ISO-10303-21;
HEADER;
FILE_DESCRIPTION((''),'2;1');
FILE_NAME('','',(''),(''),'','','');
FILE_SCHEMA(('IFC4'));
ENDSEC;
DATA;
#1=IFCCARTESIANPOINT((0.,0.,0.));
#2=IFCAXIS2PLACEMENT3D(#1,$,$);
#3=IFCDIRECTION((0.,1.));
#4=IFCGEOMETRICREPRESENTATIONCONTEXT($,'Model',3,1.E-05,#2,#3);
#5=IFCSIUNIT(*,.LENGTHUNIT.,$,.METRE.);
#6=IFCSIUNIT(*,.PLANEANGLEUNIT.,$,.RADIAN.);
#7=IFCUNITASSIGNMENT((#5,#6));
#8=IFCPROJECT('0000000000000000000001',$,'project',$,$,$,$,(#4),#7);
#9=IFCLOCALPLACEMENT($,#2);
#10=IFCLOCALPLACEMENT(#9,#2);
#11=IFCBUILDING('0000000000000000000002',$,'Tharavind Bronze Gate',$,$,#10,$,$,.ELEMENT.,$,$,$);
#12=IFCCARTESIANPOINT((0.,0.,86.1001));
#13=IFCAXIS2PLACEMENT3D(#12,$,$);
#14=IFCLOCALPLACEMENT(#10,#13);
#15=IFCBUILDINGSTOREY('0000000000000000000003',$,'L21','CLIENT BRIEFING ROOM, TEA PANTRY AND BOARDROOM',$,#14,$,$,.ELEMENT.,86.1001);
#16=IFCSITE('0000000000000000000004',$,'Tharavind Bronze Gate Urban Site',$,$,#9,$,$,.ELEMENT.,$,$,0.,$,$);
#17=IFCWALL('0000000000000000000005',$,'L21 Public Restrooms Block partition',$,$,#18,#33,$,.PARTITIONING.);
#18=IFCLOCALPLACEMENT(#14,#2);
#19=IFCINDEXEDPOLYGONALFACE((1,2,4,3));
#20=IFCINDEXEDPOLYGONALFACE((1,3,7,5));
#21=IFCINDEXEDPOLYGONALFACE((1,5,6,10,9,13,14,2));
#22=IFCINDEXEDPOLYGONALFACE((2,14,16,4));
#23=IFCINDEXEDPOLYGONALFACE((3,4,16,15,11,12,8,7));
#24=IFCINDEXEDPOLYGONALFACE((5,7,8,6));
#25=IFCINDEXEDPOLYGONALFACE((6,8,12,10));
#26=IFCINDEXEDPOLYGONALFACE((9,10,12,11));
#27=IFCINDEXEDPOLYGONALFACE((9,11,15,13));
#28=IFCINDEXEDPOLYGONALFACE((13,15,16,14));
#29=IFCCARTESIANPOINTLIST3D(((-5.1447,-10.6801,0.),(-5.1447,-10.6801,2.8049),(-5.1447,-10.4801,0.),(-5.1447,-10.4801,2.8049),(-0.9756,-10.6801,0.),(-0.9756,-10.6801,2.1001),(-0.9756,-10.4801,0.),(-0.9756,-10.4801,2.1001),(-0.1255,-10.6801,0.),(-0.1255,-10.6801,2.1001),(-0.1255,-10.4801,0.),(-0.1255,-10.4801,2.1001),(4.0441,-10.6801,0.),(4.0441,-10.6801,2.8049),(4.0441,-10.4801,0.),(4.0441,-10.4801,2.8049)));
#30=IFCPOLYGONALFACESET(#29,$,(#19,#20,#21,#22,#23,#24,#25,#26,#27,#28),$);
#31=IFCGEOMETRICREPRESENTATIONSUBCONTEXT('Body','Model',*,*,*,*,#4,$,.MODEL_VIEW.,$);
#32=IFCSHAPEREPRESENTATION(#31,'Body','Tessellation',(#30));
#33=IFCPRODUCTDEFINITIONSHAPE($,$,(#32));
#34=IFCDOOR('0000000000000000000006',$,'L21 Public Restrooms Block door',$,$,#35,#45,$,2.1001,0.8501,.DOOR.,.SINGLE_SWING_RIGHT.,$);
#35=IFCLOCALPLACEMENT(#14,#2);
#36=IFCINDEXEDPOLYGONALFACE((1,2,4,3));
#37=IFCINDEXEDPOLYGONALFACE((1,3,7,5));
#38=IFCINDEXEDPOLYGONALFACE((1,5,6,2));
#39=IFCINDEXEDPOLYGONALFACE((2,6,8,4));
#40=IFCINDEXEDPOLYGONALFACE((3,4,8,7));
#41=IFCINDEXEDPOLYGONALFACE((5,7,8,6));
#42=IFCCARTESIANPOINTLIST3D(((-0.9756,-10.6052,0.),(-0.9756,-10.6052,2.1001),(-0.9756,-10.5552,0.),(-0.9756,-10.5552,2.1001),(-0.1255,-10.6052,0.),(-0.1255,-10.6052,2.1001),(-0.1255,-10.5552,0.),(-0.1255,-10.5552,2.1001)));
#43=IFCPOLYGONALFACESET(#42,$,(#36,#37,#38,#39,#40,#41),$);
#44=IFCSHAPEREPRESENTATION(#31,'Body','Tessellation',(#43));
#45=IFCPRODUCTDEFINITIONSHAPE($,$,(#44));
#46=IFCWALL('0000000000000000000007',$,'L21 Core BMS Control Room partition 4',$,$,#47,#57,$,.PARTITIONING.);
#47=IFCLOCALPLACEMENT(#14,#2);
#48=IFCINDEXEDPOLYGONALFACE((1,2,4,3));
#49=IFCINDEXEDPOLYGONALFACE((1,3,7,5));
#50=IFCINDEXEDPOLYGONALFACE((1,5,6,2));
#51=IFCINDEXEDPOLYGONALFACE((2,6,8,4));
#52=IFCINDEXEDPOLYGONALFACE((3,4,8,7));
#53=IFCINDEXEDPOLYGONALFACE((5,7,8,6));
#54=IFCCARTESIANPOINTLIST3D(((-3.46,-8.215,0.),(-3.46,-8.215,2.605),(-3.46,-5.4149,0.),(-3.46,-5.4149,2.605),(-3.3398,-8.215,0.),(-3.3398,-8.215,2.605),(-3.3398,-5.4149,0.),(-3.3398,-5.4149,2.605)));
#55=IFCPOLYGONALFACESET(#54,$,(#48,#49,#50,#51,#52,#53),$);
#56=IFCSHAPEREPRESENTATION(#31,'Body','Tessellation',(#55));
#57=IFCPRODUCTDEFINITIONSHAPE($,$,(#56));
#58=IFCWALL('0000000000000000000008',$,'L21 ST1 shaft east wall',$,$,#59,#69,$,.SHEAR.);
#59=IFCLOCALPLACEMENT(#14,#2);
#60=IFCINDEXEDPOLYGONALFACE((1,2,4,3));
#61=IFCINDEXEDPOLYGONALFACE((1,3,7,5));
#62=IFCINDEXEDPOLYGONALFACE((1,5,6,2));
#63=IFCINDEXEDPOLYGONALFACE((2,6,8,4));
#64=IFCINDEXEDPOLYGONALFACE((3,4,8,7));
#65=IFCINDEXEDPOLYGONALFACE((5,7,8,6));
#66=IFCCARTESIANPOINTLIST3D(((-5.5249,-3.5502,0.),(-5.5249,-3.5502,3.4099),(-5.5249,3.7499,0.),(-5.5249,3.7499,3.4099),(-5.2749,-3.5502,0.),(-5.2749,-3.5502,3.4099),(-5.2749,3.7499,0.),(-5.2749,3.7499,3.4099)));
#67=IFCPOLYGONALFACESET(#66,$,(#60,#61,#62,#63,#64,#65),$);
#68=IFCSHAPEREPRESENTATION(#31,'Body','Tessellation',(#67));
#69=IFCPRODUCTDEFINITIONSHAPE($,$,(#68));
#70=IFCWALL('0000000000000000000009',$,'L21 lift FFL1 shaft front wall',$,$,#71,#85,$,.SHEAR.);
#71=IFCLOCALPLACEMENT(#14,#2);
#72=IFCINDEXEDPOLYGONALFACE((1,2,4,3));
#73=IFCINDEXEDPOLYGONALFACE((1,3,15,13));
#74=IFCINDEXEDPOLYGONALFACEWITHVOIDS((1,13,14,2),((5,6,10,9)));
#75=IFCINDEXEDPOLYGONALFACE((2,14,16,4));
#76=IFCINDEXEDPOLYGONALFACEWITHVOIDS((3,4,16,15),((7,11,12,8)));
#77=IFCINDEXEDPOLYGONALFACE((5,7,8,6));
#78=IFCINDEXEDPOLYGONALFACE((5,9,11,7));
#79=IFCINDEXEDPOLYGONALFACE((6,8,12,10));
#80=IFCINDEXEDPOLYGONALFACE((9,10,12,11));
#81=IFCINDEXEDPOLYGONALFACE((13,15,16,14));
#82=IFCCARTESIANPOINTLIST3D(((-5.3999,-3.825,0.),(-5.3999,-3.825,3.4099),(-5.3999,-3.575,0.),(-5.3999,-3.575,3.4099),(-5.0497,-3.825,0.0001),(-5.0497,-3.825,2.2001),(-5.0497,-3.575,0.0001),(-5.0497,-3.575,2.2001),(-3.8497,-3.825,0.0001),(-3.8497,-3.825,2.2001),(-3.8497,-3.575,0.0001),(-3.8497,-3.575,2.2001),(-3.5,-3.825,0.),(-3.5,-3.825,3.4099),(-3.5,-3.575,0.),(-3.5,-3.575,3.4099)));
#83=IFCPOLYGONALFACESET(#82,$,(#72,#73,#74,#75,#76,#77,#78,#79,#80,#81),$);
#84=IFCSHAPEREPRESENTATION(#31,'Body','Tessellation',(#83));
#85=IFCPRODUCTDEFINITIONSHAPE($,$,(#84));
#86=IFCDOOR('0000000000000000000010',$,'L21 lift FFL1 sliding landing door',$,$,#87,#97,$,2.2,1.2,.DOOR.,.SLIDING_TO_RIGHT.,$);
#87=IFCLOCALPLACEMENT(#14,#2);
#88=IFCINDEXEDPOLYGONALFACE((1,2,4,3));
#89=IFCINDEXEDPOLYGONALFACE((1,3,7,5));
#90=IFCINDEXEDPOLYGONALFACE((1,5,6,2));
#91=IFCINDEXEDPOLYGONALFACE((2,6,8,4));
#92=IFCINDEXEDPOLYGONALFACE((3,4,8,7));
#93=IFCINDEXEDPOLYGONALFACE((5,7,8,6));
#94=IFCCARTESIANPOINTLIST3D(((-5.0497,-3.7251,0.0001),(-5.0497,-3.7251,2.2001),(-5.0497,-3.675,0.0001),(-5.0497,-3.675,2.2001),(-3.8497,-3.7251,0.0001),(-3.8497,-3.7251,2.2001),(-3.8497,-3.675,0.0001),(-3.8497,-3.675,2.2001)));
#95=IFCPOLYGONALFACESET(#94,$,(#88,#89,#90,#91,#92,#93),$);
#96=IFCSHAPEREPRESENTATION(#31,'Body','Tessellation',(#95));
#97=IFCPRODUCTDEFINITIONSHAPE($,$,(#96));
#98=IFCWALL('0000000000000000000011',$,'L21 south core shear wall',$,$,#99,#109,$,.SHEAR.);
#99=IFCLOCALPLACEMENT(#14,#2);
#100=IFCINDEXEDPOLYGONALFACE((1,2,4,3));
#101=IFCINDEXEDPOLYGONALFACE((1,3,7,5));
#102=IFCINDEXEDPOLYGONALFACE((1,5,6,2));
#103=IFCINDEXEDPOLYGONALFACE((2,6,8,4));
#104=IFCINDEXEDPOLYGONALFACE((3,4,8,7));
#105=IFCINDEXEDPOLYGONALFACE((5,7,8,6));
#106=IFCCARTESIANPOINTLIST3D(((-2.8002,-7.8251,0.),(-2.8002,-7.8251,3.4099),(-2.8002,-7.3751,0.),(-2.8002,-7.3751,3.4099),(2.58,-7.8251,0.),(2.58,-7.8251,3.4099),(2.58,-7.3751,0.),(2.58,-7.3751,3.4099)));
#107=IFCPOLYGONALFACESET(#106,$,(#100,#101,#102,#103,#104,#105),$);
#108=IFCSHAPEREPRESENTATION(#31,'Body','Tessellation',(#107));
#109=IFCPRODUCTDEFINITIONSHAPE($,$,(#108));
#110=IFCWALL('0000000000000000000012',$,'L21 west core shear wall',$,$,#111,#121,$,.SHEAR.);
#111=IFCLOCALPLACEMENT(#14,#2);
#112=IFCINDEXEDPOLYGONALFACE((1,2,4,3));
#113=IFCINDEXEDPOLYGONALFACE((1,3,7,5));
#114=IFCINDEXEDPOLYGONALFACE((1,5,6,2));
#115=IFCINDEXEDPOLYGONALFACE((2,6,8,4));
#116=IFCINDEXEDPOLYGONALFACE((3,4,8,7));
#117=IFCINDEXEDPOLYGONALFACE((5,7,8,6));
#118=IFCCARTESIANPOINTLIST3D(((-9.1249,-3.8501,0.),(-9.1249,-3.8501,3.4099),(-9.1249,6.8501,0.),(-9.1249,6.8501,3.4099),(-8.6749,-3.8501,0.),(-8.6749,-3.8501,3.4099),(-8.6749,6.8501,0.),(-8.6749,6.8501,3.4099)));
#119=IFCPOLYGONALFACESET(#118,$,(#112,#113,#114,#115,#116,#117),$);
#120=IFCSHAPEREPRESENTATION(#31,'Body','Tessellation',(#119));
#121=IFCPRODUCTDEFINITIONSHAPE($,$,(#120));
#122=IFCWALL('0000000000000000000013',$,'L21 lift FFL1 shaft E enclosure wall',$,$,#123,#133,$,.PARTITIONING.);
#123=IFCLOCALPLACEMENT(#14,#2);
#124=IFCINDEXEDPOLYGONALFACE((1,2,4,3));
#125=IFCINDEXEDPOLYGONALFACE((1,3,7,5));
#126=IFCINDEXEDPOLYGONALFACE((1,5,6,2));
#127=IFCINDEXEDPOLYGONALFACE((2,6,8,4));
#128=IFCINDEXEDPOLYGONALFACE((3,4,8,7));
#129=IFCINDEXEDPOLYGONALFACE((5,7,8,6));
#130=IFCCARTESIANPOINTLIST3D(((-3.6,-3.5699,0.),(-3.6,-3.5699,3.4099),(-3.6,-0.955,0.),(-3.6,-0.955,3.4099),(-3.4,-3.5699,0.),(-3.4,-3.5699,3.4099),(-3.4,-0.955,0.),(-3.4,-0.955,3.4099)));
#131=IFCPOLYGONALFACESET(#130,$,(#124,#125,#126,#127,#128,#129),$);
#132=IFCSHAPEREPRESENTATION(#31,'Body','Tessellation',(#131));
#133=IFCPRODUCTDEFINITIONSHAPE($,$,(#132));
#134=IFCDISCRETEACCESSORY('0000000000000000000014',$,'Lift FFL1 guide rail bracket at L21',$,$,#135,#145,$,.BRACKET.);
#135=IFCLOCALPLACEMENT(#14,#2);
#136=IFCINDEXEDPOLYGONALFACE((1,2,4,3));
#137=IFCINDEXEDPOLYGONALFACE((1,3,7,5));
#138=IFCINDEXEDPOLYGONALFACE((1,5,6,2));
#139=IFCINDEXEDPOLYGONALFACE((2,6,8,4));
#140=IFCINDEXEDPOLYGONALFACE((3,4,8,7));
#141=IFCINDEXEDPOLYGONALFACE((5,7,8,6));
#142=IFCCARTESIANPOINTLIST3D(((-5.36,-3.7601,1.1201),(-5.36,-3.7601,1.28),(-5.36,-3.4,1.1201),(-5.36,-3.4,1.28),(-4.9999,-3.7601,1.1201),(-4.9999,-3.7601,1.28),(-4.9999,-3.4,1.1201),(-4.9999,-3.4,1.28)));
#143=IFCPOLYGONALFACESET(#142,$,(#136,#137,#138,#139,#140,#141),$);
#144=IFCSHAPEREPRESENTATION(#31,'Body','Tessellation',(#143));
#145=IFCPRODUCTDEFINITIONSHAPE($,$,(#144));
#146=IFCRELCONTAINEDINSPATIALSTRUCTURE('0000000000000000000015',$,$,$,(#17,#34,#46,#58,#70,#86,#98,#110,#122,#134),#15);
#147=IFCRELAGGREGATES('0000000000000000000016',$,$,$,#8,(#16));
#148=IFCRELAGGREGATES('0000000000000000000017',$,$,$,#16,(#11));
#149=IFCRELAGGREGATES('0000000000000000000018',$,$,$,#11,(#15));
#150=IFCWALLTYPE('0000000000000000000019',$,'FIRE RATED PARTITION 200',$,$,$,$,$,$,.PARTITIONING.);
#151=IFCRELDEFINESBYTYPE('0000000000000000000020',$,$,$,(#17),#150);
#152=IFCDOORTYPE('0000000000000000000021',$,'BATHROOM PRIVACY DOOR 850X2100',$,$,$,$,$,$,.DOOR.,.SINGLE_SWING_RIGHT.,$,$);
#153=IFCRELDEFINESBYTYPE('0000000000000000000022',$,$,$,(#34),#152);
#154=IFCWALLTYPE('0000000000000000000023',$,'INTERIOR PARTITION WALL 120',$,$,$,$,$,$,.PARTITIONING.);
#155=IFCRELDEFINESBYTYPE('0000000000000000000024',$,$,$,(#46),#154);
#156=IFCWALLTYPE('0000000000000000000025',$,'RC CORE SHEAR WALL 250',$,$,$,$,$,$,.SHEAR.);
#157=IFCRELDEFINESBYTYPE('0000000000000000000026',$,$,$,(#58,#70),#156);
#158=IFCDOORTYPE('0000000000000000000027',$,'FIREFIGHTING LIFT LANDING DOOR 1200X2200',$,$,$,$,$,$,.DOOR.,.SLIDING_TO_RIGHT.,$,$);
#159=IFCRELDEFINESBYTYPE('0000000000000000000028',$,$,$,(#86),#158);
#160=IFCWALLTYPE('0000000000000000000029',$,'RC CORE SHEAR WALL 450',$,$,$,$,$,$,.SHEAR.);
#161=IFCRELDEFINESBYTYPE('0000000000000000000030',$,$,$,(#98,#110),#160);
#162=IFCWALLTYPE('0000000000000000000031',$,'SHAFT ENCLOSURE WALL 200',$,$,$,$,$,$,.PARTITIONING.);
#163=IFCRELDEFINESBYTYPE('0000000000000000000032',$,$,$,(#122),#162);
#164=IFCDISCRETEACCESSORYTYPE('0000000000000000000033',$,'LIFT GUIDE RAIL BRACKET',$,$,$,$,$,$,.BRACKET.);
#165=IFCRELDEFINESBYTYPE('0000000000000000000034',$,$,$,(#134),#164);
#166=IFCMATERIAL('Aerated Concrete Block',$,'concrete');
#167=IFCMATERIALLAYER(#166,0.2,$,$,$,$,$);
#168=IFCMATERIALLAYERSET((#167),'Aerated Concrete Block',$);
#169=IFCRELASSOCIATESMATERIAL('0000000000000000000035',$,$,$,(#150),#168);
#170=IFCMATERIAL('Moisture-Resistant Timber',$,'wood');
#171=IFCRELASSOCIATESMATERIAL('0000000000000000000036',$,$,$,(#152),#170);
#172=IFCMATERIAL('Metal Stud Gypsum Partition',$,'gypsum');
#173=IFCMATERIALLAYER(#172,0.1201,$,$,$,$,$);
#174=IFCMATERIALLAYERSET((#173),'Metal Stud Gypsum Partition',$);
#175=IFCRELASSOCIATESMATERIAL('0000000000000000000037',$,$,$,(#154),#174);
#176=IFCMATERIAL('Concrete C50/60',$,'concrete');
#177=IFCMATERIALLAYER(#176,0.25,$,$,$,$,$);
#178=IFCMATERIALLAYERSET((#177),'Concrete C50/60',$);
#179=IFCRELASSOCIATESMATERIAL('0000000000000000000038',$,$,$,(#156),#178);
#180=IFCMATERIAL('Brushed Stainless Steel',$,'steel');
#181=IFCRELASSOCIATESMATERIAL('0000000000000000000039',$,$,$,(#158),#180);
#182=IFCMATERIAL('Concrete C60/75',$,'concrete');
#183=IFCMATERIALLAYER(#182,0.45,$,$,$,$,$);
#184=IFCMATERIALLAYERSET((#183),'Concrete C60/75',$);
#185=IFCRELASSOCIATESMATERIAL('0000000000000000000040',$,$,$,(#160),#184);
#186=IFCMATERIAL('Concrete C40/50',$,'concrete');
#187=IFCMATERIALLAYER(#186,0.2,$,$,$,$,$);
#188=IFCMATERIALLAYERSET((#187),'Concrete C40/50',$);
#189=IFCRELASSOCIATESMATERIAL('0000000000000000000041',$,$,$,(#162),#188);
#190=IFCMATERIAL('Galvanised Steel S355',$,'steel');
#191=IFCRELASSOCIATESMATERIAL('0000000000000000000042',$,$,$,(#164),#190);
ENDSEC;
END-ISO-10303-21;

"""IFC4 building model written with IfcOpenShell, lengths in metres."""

from ifc_helpers import new_model, si_unit, direction, frame, frame_2d, origin, origin_2d, place, context, subcontext, project, spatial, rectangle, extrude, material, layer, layer_set, type_object, element, fill, save


model = new_model("IFC4")

# Units and contexts
model_context = context("Model", 3, precision=1e-05, world=origin(), true_north=direction((0.0, 1.0)))
body_context = subcontext(model_context, "Body", "Model", "MODEL_VIEW")
ifc_project = project(units=[si_unit("LENGTHUNIT", "METRE"), si_unit("PLANEANGLEUNIT", "RADIAN")], contexts=[model_context])

# Site, building, storey
site_placement = place(None, origin())
site = spatial("IfcSite", under=ifc_project, at=site_placement, Name="Tharavind Bronze Gate Urban Site", CompositionType="ELEMENT", RefElevation=0.0)
building_placement = place(site_placement, origin())
building = spatial("IfcBuilding", under=site, at=building_placement, Name="Tharavind Bronze Gate", CompositionType="ELEMENT")
storey_placement = place(building_placement, frame((0.0, 0.0, 86.1001)))
storey = spatial("IfcBuildingStorey", under=building, at=storey_placement, Name="L21", Description="CLIENT BRIEFING ROOM, TEA PANTRY AND BOARDROOM", CompositionType="ELEMENT", Elevation=86.1001)

# Shared definitions
ifc_material_1 = material(Name="Concrete C60/75", Category="concrete")

# Shared definitions
ifc_material_2 = material(Name="Aerated Concrete Block", Category="concrete")
ifc_layer_1 = layer(ifc_material_2, 0.2)
ifc_layer_set_1 = layer_set([ifc_layer_1], Name="Aerated Concrete Block")
wall_type_1 = type_object("IfcWallType", Name="FIRE RATED PARTITION 200", PredefinedType="PARTITIONING", material=ifc_layer_set_1)

# Shared definitions
ifc_material_3 = material(Name="Moisture-Resistant Timber", Category="wood")
door_type_1 = type_object("IfcDoorType", Name="BATHROOM PRIVACY DOOR 850X2100", OperationType="SINGLE_SWING_RIGHT", PredefinedType="DOOR", material=ifc_material_3)

# Wall, opening, door
wall_1_placement = place(storey_placement, frame((-5.1445, -10.5801, 0.0), z_axis=(0.0, 0.0, 1.0), x_axis=(1.0, 0.0, 0.0)))
wall_1 = element("IfcWall", 1, at=wall_1_placement, inside=storey, type_object=wall_type_1, Name="L21 Public Restrooms Block partition", PredefinedType="PARTITIONING", context=body_context, shape_type="SweptSolid", body=[
    extrude(rectangle(XDim=9.1887, YDim=0.2, at=frame_2d((4.5942, 0.0))), origin(), (0.0, 0.0, 1.0), 2.8049),
])
opening_1_placement = place(wall_1_placement, frame((4.1689, 0.0, 0.0)))
opening_1 = element("IfcOpeningElement", 2, at=opening_1_placement, cuts=wall_1, PredefinedType="OPENING", context=body_context, shape_type="SweptSolid", body=[
    extrude(rectangle(XDim=0.8501, YDim=2.1001, at=frame_2d((0.425, 1.05))), frame((0.0, 0.1101, 0.0), z_axis=(0.0, -1.0, 0.0), x_axis=(1.0, 0.0, 0.0)), (0.0, 0.0, 1.0), 0.22),
])
door_1_placement = place(opening_1_placement, origin())
door_1 = element("IfcDoor", 3, at=door_1_placement, inside=storey, type_object=door_type_1, Name="L21 Public Restrooms Block door", OperationType="SINGLE_SWING_RIGHT", OverallHeight=2.1001, OverallWidth=0.8501, PredefinedType="DOOR", context=body_context, shape_type="SweptSolid", body=[
    extrude(rectangle(XDim=0.8501, YDim=2.1001, at=frame_2d((0.425, 1.05))), frame((0.0, 0.0249, 0.0), z_axis=(0.0, -1.0, 0.0), x_axis=(1.0, 0.0, 0.0)), (0.0, 0.0, 1.0), 0.05),
])
fill(opening_1, door_1)

# Walls
ifc_material_4 = material(Name="Metal Stud Gypsum Partition", Category="gypsum")
ifc_layer_2 = layer(ifc_material_4, 0.1201)
ifc_layer_set_2 = layer_set([ifc_layer_2], Name="Metal Stud Gypsum Partition")
wall_type_2 = type_object("IfcWallType", Name="INTERIOR PARTITION WALL 120", PredefinedType="PARTITIONING", material=ifc_layer_set_2)
wall_2_placement = place(storey_placement, frame((-3.3999, -5.415, 0.0), z_axis=(0.0, 0.0, 1.0), x_axis=(0.0, -1.0, 0.0)))
element("IfcWall", 4, at=wall_2_placement, inside=storey, type_object=wall_type_2, Name="L21 Core BMS Control Room partition 4", PredefinedType="PARTITIONING", context=body_context, shape_type="SweptSolid", body=[
    extrude(rectangle(XDim=2.8, YDim=0.1201, at=frame_2d((1.3999, 0.0))), origin(), (0.0, 0.0, 1.0), 2.605),
])
ifc_material_5 = material(Name="Concrete C50/60", Category="concrete")
ifc_layer_3 = layer(ifc_material_5, 0.25)
ifc_layer_set_3 = layer_set([ifc_layer_3], Name="Concrete C50/60")
wall_type_3 = type_object("IfcWallType", Name="RC CORE SHEAR WALL 250", PredefinedType="SHEAR", material=ifc_layer_set_3)
wall_3_placement = place(storey_placement, frame((-5.3999, -3.55, 0.0), z_axis=(0.0, 0.0, 1.0), x_axis=(0.0, 1.0, 0.0)))
element("IfcWall", 5, at=wall_3_placement, inside=storey, type_object=wall_type_3, Name="L21 ST1 shaft east wall", PredefinedType="SHEAR", context=body_context, shape_type="SweptSolid", body=[
    extrude(rectangle(XDim=7.3, YDim=0.25, at=frame_2d((3.6499, 0.0))), origin(), (0.0, 0.0, 1.0), 3.4099),
])

# Wall, opening, door
wall_4_placement = place(storey_placement, frame((-5.3999, -3.7, 0.0), z_axis=(0.0, 0.0, 1.0), x_axis=(1.0, 0.0, 0.0)))
wall_4 = element("IfcWall", 6, at=wall_4_placement, inside=storey, type_object=wall_type_3, Name="L21 lift FFL1 shaft front wall", PredefinedType="SHEAR", context=body_context, shape_type="SweptSolid", body=[
    extrude(rectangle(XDim=1.8999, YDim=0.25, at=frame_2d((0.95, 0.0))), origin(), (0.0, 0.0, 1.0), 3.4099),
])
opening_2_placement = place(wall_4_placement, frame((0.3501, 0.0, 0.0)))
opening_2 = element("IfcOpeningElement", 7, at=opening_2_placement, cuts=wall_4, PredefinedType="OPENING", context=body_context, shape_type="SweptSolid", body=[
    extrude(rectangle(XDim=1.2, YDim=2.2, at=frame_2d((0.6001, 1.1001))), frame((0.0, 0.135, 0.0), z_axis=(0.0, -1.0, 0.0), x_axis=(1.0, 0.0, 0.0)), (0.0, 0.0, 1.0), 0.27),
])
ifc_material_6 = material(Name="Brushed Stainless Steel", Category="steel")
door_type_2 = type_object("IfcDoorType", Name="FIREFIGHTING LIFT LANDING DOOR 1200X2200", OperationType="SLIDING_TO_RIGHT", PredefinedType="DOOR", material=ifc_material_6)
door_2_placement = place(opening_2_placement, origin())
door_2 = element("IfcDoor", 8, at=door_2_placement, inside=storey, type_object=door_type_2, Name="L21 lift FFL1 sliding landing door", OperationType="SLIDING_TO_RIGHT", OverallHeight=2.2, OverallWidth=1.2, PredefinedType="DOOR", context=body_context, shape_type="SweptSolid", body=[
    extrude(rectangle(XDim=1.2, YDim=2.2, at=frame_2d((0.6001, 1.1001))), frame((0.0, 0.0249, 0.0), z_axis=(0.0, -1.0, 0.0), x_axis=(1.0, 0.0, 0.0)), (0.0, 0.0, 1.0), 0.05),
])
fill(opening_2, door_2)

# Walls
ifc_layer_4 = layer(ifc_material_1, 0.45)
ifc_layer_set_4 = layer_set([ifc_layer_4], Name="Concrete C60/75")
wall_type_4 = type_object("IfcWallType", Name="RC CORE SHEAR WALL 450", PredefinedType="SHEAR", material=ifc_layer_set_4)
wall_5_placement = place(storey_placement, frame((-2.8, -7.6001, 0.0), z_axis=(0.0, 0.0, 1.0), x_axis=(1.0, 0.0, 0.0)))
element("IfcWall", 9, at=wall_5_placement, inside=storey, type_object=wall_type_4, Name="L21 south core shear wall", PredefinedType="SHEAR", context=body_context, shape_type="SweptSolid", body=[
    extrude(rectangle(XDim=5.3801, YDim=0.45, at=frame_2d((2.6899, 0.0))), origin(), (0.0, 0.0, 1.0), 3.4099),
])
wall_6_placement = place(storey_placement, frame((-8.8999, -3.8501, 0.0), z_axis=(0.0, 0.0, 1.0), x_axis=(0.0, 1.0, 0.0)))
element("IfcWall", 10, at=wall_6_placement, inside=storey, type_object=wall_type_4, Name="L21 west core shear wall", PredefinedType="SHEAR", context=body_context, shape_type="SweptSolid", body=[
    extrude(rectangle(XDim=10.7002, YDim=0.45, at=frame_2d((5.3501, 0.0))), origin(), (0.0, 0.0, 1.0), 3.4099),
])
ifc_material_7 = material(Name="Concrete C40/50", Category="concrete")
ifc_layer_5 = layer(ifc_material_7, 0.2)
ifc_layer_set_5 = layer_set([ifc_layer_5], Name="Concrete C40/50")
wall_type_5 = type_object("IfcWallType", Name="SHAFT ENCLOSURE WALL 200", PredefinedType="PARTITIONING", material=ifc_layer_set_5)
wall_7_placement = place(storey_placement, frame((-3.5, -3.5701, 0.0), z_axis=(0.0, 0.0, 1.0), x_axis=(0.0, 1.0, 0.0)))
element("IfcWall", 11, at=wall_7_placement, inside=storey, type_object=wall_type_5, Name="L21 lift FFL1 shaft E enclosure wall", PredefinedType="PARTITIONING", context=body_context, shape_type="SweptSolid", body=[
    extrude(rectangle(XDim=2.615, YDim=0.2, at=frame_2d((1.3076, 0.0))), origin(), (0.0, 0.0, 1.0), 3.4099),
])

# Discrete accessory
ifc_material_8 = material(Name="Galvanised Steel S355", Category="steel")
discrete_accessory_type = type_object("IfcDiscreteAccessoryType", Name="LIFT GUIDE RAIL BRACKET", PredefinedType="BRACKET", material=ifc_material_8)
discrete_accessory_placement = place(storey_placement, frame((-5.1799, -3.5801, 1.1201), z_axis=(0.0, 0.0, 1.0), x_axis=(1.0, 0.0, 0.0)))
element("IfcDiscreteAccessory", 12, at=discrete_accessory_placement, inside=storey, type_object=discrete_accessory_type, Name="Lift FFL1 guide rail bracket at L21", PredefinedType="BRACKET", context=body_context, shape_type="SweptSolid", body=[
    extrude(rectangle(XDim=0.3601, YDim=0.3601, at=origin_2d()), origin(), (0.0, 0.0, 1.0), 0.1599),
])

save(model, "model.ifc")
